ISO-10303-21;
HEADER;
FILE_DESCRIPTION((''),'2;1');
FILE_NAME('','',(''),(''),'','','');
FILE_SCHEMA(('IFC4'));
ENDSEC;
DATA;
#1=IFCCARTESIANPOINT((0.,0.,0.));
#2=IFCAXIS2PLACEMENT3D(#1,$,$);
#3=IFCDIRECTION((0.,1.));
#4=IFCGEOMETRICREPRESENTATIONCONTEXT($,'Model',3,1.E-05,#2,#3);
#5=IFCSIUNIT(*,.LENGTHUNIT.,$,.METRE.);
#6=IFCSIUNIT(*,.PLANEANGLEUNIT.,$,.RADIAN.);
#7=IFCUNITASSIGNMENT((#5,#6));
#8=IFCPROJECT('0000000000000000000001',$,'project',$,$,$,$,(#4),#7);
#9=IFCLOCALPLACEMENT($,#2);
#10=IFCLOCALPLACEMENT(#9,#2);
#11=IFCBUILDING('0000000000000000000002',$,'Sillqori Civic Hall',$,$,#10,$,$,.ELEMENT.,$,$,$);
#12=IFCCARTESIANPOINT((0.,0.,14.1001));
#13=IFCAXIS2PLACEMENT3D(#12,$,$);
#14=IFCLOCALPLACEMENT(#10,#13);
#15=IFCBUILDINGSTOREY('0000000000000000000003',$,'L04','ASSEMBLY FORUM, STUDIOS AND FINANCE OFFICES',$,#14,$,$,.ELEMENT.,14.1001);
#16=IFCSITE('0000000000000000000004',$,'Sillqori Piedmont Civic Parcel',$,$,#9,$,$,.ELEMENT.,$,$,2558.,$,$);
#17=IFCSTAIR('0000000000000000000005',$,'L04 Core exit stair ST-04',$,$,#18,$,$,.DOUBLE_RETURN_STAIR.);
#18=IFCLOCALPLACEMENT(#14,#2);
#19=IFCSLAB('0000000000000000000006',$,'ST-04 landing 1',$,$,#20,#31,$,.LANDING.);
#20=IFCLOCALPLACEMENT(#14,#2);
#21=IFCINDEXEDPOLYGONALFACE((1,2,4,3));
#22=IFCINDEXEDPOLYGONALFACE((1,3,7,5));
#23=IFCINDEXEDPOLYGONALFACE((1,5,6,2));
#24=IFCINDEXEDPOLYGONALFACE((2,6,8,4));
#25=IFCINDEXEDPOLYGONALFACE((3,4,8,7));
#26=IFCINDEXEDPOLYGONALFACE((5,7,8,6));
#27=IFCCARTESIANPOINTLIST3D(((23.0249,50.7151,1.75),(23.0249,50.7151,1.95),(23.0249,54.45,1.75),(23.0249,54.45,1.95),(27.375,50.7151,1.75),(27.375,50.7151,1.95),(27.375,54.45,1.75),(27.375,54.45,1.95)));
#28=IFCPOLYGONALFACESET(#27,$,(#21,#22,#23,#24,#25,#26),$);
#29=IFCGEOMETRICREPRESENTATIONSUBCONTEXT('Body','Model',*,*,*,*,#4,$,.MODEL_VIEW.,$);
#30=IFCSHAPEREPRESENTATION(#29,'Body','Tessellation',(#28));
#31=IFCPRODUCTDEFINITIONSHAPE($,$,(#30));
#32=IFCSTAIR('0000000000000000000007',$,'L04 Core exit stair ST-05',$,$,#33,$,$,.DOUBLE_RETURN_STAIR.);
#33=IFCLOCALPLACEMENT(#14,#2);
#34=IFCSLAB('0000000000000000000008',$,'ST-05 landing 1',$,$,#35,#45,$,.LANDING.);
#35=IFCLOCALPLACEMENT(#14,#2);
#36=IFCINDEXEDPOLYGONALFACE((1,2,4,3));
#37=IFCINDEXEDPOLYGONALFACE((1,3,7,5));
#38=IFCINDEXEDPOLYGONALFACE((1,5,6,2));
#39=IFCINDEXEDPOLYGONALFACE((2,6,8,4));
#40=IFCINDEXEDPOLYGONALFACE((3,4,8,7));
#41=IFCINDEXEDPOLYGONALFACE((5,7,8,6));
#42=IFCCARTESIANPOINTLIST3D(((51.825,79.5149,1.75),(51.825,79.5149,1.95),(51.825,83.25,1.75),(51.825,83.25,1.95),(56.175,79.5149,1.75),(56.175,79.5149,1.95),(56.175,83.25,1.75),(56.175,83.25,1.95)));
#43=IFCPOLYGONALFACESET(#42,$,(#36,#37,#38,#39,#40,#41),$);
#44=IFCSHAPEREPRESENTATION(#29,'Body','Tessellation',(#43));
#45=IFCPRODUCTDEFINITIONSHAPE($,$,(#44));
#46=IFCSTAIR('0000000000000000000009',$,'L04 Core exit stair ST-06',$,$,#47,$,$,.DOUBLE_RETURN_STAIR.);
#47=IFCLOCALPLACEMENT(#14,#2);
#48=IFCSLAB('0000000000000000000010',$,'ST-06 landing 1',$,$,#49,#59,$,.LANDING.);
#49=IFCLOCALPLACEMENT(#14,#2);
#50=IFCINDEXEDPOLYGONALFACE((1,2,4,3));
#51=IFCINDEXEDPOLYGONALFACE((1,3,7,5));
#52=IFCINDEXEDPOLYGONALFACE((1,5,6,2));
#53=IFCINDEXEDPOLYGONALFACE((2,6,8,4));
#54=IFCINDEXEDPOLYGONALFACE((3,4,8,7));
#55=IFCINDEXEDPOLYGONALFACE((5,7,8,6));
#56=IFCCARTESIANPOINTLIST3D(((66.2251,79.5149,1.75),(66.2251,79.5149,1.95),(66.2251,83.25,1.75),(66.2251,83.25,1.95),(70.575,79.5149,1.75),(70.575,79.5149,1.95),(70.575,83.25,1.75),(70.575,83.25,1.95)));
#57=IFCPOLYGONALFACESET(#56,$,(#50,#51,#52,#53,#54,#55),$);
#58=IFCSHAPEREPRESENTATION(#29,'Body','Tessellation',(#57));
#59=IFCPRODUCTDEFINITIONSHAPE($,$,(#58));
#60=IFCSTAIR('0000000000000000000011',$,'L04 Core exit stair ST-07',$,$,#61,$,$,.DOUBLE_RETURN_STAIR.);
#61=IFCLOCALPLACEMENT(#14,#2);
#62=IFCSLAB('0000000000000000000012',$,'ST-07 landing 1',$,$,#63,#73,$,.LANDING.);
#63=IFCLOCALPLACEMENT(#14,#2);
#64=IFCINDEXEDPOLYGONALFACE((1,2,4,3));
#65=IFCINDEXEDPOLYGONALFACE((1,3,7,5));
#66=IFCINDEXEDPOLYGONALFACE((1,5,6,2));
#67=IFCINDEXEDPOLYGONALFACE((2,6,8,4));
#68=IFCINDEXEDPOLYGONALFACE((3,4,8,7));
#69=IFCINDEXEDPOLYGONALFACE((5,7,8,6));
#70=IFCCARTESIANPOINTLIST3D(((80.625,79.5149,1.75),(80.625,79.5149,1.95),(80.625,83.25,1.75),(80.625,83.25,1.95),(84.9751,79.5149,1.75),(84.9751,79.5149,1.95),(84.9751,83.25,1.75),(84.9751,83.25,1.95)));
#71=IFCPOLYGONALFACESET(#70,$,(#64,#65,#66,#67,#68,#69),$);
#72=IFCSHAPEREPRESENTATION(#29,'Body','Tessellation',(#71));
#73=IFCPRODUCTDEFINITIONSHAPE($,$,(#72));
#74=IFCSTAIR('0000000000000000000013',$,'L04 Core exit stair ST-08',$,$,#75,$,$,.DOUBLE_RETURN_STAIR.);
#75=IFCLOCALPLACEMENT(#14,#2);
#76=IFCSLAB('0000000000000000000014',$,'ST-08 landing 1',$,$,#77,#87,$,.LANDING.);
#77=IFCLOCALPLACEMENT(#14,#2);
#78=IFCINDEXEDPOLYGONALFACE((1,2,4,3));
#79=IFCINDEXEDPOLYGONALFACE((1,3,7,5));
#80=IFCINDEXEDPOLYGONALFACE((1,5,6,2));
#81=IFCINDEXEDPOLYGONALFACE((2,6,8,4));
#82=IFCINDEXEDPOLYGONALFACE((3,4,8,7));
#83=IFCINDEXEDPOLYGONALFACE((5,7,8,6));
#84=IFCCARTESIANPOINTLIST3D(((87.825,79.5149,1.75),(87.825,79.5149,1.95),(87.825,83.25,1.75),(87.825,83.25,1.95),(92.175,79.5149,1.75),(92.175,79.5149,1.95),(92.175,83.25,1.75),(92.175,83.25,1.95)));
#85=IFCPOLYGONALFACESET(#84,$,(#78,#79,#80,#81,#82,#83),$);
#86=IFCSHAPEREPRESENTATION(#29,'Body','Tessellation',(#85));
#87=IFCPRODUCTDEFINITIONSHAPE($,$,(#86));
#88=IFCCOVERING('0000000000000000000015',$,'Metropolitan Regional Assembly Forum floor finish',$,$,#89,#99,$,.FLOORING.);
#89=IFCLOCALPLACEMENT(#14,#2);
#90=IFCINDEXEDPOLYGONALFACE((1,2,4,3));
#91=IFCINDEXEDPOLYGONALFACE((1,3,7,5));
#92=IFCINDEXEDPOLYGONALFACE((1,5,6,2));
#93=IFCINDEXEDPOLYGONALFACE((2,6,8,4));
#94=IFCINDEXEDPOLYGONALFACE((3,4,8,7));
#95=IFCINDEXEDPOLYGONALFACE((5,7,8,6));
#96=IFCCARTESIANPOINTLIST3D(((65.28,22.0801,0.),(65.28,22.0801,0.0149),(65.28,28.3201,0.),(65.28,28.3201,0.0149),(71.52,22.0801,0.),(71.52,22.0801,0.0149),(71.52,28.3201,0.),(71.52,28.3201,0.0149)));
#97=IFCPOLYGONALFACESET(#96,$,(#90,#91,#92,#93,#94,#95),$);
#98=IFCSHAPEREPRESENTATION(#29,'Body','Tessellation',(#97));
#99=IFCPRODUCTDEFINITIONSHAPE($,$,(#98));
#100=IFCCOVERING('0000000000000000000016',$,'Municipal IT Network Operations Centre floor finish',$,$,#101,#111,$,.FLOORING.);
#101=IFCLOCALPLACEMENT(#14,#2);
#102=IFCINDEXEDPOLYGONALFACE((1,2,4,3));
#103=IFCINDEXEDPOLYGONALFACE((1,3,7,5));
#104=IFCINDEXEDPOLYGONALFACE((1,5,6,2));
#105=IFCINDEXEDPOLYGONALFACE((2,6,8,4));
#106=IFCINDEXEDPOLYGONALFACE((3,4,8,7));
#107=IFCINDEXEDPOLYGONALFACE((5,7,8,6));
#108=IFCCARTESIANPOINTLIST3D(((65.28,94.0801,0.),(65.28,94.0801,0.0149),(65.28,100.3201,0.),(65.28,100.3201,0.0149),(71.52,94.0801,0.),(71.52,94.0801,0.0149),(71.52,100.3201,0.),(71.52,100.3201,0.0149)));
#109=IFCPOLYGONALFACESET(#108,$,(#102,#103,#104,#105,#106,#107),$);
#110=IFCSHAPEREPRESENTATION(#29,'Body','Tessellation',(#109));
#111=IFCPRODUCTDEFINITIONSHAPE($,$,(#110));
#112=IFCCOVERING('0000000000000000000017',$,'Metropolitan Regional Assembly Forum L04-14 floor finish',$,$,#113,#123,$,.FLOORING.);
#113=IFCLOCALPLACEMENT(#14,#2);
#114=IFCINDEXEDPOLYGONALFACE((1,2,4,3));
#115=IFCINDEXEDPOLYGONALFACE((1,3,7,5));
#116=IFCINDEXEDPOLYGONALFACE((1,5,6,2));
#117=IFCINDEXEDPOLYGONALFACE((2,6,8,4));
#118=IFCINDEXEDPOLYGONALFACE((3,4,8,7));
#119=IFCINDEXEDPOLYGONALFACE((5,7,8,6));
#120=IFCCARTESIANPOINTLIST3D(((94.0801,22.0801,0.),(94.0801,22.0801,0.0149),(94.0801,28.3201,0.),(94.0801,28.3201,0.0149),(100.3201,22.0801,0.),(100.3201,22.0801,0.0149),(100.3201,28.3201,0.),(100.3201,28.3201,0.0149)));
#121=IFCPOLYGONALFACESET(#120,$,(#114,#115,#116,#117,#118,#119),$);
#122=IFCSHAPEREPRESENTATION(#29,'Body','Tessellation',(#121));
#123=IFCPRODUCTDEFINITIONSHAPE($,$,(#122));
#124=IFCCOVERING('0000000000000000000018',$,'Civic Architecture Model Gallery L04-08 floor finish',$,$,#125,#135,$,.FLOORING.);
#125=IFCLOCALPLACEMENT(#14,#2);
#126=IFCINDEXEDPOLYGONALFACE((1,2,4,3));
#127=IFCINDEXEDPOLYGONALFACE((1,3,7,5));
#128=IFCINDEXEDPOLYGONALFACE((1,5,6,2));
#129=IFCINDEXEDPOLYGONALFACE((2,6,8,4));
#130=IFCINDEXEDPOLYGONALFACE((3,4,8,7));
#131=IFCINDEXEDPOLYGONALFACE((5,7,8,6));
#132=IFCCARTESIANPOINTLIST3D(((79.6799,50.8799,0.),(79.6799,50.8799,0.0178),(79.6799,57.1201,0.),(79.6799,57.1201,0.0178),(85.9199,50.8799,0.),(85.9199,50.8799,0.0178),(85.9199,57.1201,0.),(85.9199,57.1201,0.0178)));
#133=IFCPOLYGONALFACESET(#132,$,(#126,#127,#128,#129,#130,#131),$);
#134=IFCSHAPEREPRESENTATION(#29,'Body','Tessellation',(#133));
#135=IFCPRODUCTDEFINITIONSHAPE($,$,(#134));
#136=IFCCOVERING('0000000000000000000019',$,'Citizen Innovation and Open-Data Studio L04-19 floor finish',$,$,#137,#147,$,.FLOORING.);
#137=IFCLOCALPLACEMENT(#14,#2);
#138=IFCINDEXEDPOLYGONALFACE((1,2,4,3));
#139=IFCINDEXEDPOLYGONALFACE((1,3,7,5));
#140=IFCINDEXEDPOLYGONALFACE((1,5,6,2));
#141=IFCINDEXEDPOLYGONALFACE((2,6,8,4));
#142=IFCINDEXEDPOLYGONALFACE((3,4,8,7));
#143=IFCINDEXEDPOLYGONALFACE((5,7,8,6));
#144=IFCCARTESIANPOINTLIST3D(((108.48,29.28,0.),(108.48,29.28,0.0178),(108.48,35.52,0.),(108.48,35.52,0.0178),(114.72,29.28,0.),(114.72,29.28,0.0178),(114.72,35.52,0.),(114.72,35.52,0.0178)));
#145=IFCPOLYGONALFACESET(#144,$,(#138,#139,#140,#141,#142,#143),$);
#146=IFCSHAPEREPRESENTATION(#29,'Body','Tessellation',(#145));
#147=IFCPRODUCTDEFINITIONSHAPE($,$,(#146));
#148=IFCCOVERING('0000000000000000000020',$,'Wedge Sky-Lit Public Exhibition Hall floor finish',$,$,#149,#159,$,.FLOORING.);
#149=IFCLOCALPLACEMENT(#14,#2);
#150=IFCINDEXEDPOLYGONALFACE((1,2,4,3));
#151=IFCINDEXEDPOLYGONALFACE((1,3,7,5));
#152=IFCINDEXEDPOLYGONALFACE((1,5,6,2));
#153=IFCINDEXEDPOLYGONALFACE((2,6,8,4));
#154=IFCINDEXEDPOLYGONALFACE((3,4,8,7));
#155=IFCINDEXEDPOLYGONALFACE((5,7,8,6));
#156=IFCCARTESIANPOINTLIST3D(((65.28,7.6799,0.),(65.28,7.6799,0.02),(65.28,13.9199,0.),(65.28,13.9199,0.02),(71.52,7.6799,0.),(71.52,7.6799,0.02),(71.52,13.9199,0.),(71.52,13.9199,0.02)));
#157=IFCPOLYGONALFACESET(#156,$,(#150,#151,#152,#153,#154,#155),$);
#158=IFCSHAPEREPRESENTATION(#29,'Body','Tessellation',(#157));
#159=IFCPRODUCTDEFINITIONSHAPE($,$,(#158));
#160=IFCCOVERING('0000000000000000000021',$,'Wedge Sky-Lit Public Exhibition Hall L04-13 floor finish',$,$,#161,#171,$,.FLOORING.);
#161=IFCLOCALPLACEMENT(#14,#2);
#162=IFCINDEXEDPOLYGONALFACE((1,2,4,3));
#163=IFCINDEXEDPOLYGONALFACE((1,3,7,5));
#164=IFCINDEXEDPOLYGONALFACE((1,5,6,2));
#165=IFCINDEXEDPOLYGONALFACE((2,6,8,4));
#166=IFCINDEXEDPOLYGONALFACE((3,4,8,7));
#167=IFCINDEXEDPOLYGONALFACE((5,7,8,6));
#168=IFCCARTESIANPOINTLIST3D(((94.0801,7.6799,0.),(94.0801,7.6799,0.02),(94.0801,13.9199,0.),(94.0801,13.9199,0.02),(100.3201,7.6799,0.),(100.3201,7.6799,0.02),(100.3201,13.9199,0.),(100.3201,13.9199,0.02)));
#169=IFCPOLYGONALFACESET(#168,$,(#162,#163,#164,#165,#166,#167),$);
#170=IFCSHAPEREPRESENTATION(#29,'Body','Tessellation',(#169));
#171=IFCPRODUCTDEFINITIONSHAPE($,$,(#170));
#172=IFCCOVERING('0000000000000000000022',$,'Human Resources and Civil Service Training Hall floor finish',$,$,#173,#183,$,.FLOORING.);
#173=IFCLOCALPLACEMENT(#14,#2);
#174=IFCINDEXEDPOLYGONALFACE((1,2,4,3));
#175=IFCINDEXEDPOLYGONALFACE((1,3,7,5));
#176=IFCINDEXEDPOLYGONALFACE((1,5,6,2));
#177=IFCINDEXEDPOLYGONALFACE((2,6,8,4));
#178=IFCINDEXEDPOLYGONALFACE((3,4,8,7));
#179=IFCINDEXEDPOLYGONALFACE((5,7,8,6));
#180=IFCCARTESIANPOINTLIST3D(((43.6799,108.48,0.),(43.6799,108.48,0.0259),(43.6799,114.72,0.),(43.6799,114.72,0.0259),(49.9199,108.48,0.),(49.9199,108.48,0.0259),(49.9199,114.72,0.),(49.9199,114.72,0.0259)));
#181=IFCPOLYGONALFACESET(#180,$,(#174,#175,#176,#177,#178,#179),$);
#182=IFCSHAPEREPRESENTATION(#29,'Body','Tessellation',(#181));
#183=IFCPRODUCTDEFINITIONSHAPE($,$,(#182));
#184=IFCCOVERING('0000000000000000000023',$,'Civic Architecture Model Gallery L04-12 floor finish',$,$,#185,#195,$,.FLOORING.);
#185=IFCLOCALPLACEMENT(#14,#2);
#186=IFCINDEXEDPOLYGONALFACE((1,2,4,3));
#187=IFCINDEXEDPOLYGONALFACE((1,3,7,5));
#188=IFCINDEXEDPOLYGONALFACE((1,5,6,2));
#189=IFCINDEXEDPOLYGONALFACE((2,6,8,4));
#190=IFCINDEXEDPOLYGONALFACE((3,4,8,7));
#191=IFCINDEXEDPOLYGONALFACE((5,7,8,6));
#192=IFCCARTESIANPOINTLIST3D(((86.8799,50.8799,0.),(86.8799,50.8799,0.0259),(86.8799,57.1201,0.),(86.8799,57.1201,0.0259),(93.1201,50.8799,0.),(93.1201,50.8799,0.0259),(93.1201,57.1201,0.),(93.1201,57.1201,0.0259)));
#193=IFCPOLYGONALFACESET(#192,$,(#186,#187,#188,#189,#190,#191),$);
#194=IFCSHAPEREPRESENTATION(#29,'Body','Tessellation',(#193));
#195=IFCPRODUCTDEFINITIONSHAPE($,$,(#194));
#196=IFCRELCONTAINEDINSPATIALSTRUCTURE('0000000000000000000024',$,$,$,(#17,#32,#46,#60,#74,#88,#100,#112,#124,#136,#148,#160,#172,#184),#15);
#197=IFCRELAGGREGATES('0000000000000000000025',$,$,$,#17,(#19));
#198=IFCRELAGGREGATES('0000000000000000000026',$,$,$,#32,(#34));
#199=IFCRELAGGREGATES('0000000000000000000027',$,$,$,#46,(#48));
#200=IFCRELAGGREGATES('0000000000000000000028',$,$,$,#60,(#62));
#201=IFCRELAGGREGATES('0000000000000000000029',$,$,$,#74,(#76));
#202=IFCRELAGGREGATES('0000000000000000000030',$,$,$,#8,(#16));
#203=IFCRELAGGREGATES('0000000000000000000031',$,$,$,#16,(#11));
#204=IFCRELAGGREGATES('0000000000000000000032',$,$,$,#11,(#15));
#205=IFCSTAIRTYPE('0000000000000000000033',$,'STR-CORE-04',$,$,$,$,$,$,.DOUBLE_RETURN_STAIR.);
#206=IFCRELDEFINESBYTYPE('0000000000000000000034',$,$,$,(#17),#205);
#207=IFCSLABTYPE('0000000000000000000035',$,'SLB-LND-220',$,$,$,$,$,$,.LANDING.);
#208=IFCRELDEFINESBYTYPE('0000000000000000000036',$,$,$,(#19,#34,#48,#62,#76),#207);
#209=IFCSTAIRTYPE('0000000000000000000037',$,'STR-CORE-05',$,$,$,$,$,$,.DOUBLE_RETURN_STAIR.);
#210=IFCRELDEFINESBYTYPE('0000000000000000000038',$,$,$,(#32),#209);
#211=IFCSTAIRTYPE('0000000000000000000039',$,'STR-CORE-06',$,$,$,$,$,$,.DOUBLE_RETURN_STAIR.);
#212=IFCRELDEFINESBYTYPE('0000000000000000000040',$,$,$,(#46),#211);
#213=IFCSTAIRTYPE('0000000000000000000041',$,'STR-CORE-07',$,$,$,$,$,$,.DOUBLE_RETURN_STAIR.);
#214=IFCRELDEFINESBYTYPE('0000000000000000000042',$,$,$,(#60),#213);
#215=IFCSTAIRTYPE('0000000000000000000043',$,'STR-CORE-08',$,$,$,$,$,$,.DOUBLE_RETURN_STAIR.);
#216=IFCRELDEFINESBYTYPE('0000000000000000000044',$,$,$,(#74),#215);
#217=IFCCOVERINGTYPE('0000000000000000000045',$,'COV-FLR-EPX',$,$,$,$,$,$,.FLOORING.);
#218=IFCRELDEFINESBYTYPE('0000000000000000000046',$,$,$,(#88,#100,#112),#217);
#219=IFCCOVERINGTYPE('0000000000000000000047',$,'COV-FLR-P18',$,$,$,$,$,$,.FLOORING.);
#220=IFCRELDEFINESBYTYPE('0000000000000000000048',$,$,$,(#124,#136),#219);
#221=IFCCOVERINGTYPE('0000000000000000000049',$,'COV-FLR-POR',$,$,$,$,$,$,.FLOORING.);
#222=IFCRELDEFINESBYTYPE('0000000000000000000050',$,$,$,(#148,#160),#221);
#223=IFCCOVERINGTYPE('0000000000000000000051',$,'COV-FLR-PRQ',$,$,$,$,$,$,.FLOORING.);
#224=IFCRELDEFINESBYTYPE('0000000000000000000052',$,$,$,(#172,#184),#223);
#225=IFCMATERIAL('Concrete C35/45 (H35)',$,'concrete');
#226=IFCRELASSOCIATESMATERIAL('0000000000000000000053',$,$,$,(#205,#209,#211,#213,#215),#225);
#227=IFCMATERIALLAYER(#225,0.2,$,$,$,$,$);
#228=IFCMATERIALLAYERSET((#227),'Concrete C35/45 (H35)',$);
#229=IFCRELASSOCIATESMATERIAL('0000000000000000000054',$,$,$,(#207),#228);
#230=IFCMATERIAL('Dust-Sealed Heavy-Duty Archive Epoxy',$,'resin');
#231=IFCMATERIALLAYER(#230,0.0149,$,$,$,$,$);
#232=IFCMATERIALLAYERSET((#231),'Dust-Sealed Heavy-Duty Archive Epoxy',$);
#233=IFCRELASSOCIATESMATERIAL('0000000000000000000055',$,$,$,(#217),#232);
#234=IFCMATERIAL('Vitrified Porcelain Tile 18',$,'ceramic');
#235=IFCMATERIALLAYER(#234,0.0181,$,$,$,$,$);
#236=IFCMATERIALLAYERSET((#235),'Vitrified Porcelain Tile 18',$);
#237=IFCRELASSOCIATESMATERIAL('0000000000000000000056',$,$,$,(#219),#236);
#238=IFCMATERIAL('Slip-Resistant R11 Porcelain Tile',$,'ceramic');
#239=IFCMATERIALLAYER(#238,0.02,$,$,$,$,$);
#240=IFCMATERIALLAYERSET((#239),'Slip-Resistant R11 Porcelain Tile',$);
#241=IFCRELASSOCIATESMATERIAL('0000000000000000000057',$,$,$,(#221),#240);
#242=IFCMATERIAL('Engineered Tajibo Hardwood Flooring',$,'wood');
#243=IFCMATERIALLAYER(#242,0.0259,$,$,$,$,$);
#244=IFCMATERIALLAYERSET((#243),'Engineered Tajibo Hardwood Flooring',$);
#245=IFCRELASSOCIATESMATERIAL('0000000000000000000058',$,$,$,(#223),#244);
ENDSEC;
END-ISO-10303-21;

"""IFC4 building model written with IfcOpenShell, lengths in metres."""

from ifc_helpers import new_model, si_unit, direction, frame, origin, place, context, subcontext, project, spatial, polyline, outline, extrude, material, layer, layer_set, type_object, element, aggregate, save


model = new_model("IFC4")

# Units and contexts
model_context = context("Model", 3, precision=1e-05, world=origin(), true_north=direction((0.0, 1.0)))
body_context = subcontext(model_context, "Body", "Model", "MODEL_VIEW")
ifc_project = project(units=[si_unit("LENGTHUNIT", "METRE"), si_unit("PLANEANGLEUNIT", "RADIAN")], contexts=[model_context])

# Site, building, storey
site_placement = place(None, origin())
site = spatial("IfcSite", under=ifc_project, at=site_placement, Name="Sillqori Piedmont Civic Parcel", CompositionType="ELEMENT", RefElevation=2558.0)
building_placement = place(site_placement, origin())
building = spatial("IfcBuilding", under=site, at=building_placement, Name="Sillqori Civic Hall", CompositionType="ELEMENT")
storey_placement = place(building_placement, frame((0.0, 0.0, 14.1001)))
storey = spatial("IfcBuildingStorey", under=building, at=storey_placement, Name="L04", Description="ASSEMBLY FORUM, STUDIOS AND FINANCE OFFICES", CompositionType="ELEMENT", Elevation=14.1001)

# Stairs, slabs
ifc_material_1 = material(Name="Concrete C35/45 (H35)", Category="concrete")
stair_type_1 = type_object("IfcStairType", Name="STR-CORE-04", PredefinedType="DOUBLE_RETURN_STAIR", material=ifc_material_1)
stair_1_placement = place(storey_placement, origin())
stair_1 = element("IfcStair", 1, at=stair_1_placement, inside=storey, type_object=stair_type_1, Name="L04 Core exit stair ST-04", PredefinedType="DOUBLE_RETURN_STAIR")
ifc_layer_1 = layer(ifc_material_1, 0.2)
ifc_layer_set_1 = layer_set([ifc_layer_1], Name="Concrete C35/45 (H35)")
slab_type = type_object("IfcSlabType", Name="SLB-LND-220", PredefinedType="LANDING", material=ifc_layer_set_1)
slab_1_placement = place(storey_placement, frame((0.0, 0.0, 1.75)))
slab_1 = element("IfcSlab", 2, at=slab_1_placement, type_object=slab_type, Name="ST-04 landing 1", PredefinedType="LANDING", context=body_context, shape_type="SweptSolid", body=[
    extrude(outline(polyline([(23.0249, 54.45), (23.0249, 50.7151), (27.375, 50.7151), (27.375, 54.45), (23.0249, 54.45)])), origin(), (0.0, 0.0, 1.0), 0.2),
])
aggregate(stair_1, [slab_1])
stair_type_2 = type_object("IfcStairType", Name="STR-CORE-05", PredefinedType="DOUBLE_RETURN_STAIR", material=ifc_material_1)
stair_2_placement = place(storey_placement, origin())
stair_2 = element("IfcStair", 3, at=stair_2_placement, inside=storey, type_object=stair_type_2, Name="L04 Core exit stair ST-05", PredefinedType="DOUBLE_RETURN_STAIR")
slab_2_placement = place(storey_placement, frame((0.0, 0.0, 1.75)))
slab_2 = element("IfcSlab", 4, at=slab_2_placement, type_object=slab_type, Name="ST-05 landing 1", PredefinedType="LANDING", context=body_context, shape_type="SweptSolid", body=[
    extrude(outline(polyline([(51.825, 83.25), (51.825, 79.5149), (56.175, 79.5149), (56.175, 83.25), (51.825, 83.25)])), origin(), (0.0, 0.0, 1.0), 0.2),
])
aggregate(stair_2, [slab_2])
stair_type_3 = type_object("IfcStairType", Name="STR-CORE-06", PredefinedType="DOUBLE_RETURN_STAIR", material=ifc_material_1)
stair_3_placement = place(storey_placement, origin())
stair_3 = element("IfcStair", 5, at=stair_3_placement, inside=storey, type_object=stair_type_3, Name="L04 Core exit stair ST-06", PredefinedType="DOUBLE_RETURN_STAIR")
slab_3_placement = place(storey_placement, frame((0.0, 0.0, 1.75)))
slab_3 = element("IfcSlab", 6, at=slab_3_placement, type_object=slab_type, Name="ST-06 landing 1", PredefinedType="LANDING", context=body_context, shape_type="SweptSolid", body=[
    extrude(outline(polyline([(66.2251, 83.25), (66.2251, 79.5149), (70.575, 79.5149), (70.575, 83.25), (66.2251, 83.25)])), origin(), (0.0, 0.0, 1.0), 0.2),
])
aggregate(stair_3, [slab_3])
stair_type_4 = type_object("IfcStairType", Name="STR-CORE-07", PredefinedType="DOUBLE_RETURN_STAIR", material=ifc_material_1)
stair_4_placement = place(storey_placement, origin())
stair_4 = element("IfcStair", 7, at=stair_4_placement, inside=storey, type_object=stair_type_4, Name="L04 Core exit stair ST-07", PredefinedType="DOUBLE_RETURN_STAIR")
slab_4_placement = place(storey_placement, frame((0.0, 0.0, 1.75)))
slab_4 = element("IfcSlab", 8, at=slab_4_placement, type_object=slab_type, Name="ST-07 landing 1", PredefinedType="LANDING", context=body_context, shape_type="SweptSolid", body=[
    extrude(outline(polyline([(80.625, 83.25), (80.625, 79.5149), (84.9751, 79.5149), (84.9751, 83.25), (80.625, 83.25)])), origin(), (0.0, 0.0, 1.0), 0.2),
])
aggregate(stair_4, [slab_4])
stair_type_5 = type_object("IfcStairType", Name="STR-CORE-08", PredefinedType="DOUBLE_RETURN_STAIR", material=ifc_material_1)
stair_5_placement = place(storey_placement, origin())
stair_5 = element("IfcStair", 9, at=stair_5_placement, inside=storey, type_object=stair_type_5, Name="L04 Core exit stair ST-08", PredefinedType="DOUBLE_RETURN_STAIR")
slab_5_placement = place(storey_placement, frame((0.0, 0.0, 1.75)))
slab_5 = element("IfcSlab", 10, at=slab_5_placement, type_object=slab_type, Name="ST-08 landing 1", PredefinedType="LANDING", context=body_context, shape_type="SweptSolid", body=[
    extrude(outline(polyline([(87.825, 83.25), (87.825, 79.5149), (92.175, 79.5149), (92.175, 83.25), (87.825, 83.25)])), origin(), (0.0, 0.0, 1.0), 0.2),
])
aggregate(stair_5, [slab_5])

# Coverings
ifc_material_2 = material(Name="Dust-Sealed Heavy-Duty Archive Epoxy", Category="resin")
ifc_layer_2 = layer(ifc_material_2, 0.0149)
ifc_layer_set_2 = layer_set([ifc_layer_2], Name="Dust-Sealed Heavy-Duty Archive Epoxy")
covering_type_1 = type_object("IfcCoveringType", Name="COV-FLR-EPX", PredefinedType="FLOORING", material=ifc_layer_set_2)
covering_1_placement = place(storey_placement, origin())
element("IfcCovering", 11, at=covering_1_placement, inside=storey, type_object=covering_type_1, Name="Metropolitan Regional Assembly Forum floor finish", PredefinedType="FLOORING", context=body_context, shape_type="SweptSolid", body=[
    extrude(outline(polyline([(65.28, 22.0801), (71.52, 22.0801), (71.52, 28.3201), (65.28, 28.3201), (65.28, 22.0801)])), origin(), (0.0, 0.0, 1.0), 0.0149),
])
covering_2_placement = place(storey_placement, origin())
element("IfcCovering", 12, at=covering_2_placement, inside=storey, type_object=covering_type_1, Name="Municipal IT Network Operations Centre floor finish", PredefinedType="FLOORING", context=body_context, shape_type="SweptSolid", body=[
    extrude(outline(polyline([(65.28, 94.0801), (71.52, 94.0801), (71.52, 100.3201), (65.28, 100.3201), (65.28, 94.0801)])), origin(), (0.0, 0.0, 1.0), 0.0149),
])
covering_3_placement = place(storey_placement, origin())
element("IfcCovering", 13, at=covering_3_placement, inside=storey, type_object=covering_type_1, Name="Metropolitan Regional Assembly Forum L04-14 floor finish", PredefinedType="FLOORING", context=body_context, shape_type="SweptSolid", body=[
    extrude(outline(polyline([(94.0801, 22.0801), (100.3201, 22.0801), (100.3201, 28.3201), (94.0801, 28.3201), (94.0801, 22.0801)])), origin(), (0.0, 0.0, 1.0), 0.0149),
])
ifc_material_3 = material(Name="Vitrified Porcelain Tile 18", Category="ceramic")
ifc_layer_3 = layer(ifc_material_3, 0.0181)
ifc_layer_set_3 = layer_set([ifc_layer_3], Name="Vitrified Porcelain Tile 18")
covering_type_2 = type_object("IfcCoveringType", Name="COV-FLR-P18", PredefinedType="FLOORING", material=ifc_layer_set_3)
covering_4_placement = place(storey_placement, origin())
element("IfcCovering", 14, at=covering_4_placement, inside=storey, type_object=covering_type_2, Name="Civic Architecture Model Gallery L04-08 floor finish", PredefinedType="FLOORING", context=body_context, shape_type="SweptSolid", body=[
    extrude(outline(polyline([(79.6799, 50.8799), (85.9199, 50.8799), (85.9199, 57.1201), (79.6799, 57.1201), (79.6799, 50.8799)])), origin(), (0.0, 0.0, 1.0), 0.0178),
])
covering_5_placement = place(storey_placement, origin())
element("IfcCovering", 15, at=covering_5_placement, inside=storey, type_object=covering_type_2, Name="Citizen Innovation and Open-Data Studio L04-19 floor finish", PredefinedType="FLOORING", context=body_context, shape_type="SweptSolid", body=[
    extrude(outline(polyline([(108.48, 29.28), (114.72, 29.28), (114.72, 35.52), (108.48, 35.52), (108.48, 29.28)])), origin(), (0.0, 0.0, 1.0), 0.0178),
])
ifc_material_4 = material(Name="Slip-Resistant R11 Porcelain Tile", Category="ceramic")
ifc_layer_4 = layer(ifc_material_4, 0.02)
ifc_layer_set_4 = layer_set([ifc_layer_4], Name="Slip-Resistant R11 Porcelain Tile")
covering_type_3 = type_object("IfcCoveringType", Name="COV-FLR-POR", PredefinedType="FLOORING", material=ifc_layer_set_4)
covering_6_placement = place(storey_placement, origin())
element("IfcCovering", 16, at=covering_6_placement, inside=storey, type_object=covering_type_3, Name="Wedge Sky-Lit Public Exhibition Hall floor finish", PredefinedType="FLOORING", context=body_context, shape_type="SweptSolid", body=[
    extrude(outline(polyline([(65.28, 7.6799), (71.52, 7.6799), (71.52, 13.9199), (65.28, 13.9199), (65.28, 7.6799)])), origin(), (0.0, 0.0, 1.0), 0.02),
])
covering_7_placement = place(storey_placement, origin())
element("IfcCovering", 17, at=covering_7_placement, inside=storey, type_object=covering_type_3, Name="Wedge Sky-Lit Public Exhibition Hall L04-13 floor finish", PredefinedType="FLOORING", context=body_context, shape_type="SweptSolid", body=[
    extrude(outline(polyline([(94.0801, 7.6799), (100.3201, 7.6799), (100.3201, 13.9199), (94.0801, 13.9199), (94.0801, 7.6799)])), origin(), (0.0, 0.0, 1.0), 0.02),
])
ifc_material_5 = material(Name="Engineered Tajibo Hardwood Flooring", Category="wood")
ifc_layer_5 = layer(ifc_material_5, 0.0259)
ifc_layer_set_5 = layer_set([ifc_layer_5], Name="Engineered Tajibo Hardwood Flooring")
covering_type_4 = type_object("IfcCoveringType", Name="COV-FLR-PRQ", PredefinedType="FLOORING", material=ifc_layer_set_5)
covering_8_placement = place(storey_placement, origin())
element("IfcCovering", 18, at=covering_8_placement, inside=storey, type_object=covering_type_4, Name="Human Resources and Civil Service Training Hall floor finish", PredefinedType="FLOORING", context=body_context, shape_type="SweptSolid", body=[
    extrude(outline(polyline([(43.6799, 108.48), (49.9199, 108.48), (49.9199, 114.72), (43.6799, 114.72), (43.6799, 108.48)])), origin(), (0.0, 0.0, 1.0), 0.0259),
])
covering_9_placement = place(storey_placement, origin())
element("IfcCovering", 19, at=covering_9_placement, inside=storey, type_object=covering_type_4, Name="Civic Architecture Model Gallery L04-12 floor finish", PredefinedType="FLOORING", context=body_context, shape_type="SweptSolid", body=[
    extrude(outline(polyline([(86.8799, 50.8799), (93.1201, 50.8799), (93.1201, 57.1201), (86.8799, 57.1201), (86.8799, 50.8799)])), origin(), (0.0, 0.0, 1.0), 0.0259),
])

save(model, "model.ifc")
